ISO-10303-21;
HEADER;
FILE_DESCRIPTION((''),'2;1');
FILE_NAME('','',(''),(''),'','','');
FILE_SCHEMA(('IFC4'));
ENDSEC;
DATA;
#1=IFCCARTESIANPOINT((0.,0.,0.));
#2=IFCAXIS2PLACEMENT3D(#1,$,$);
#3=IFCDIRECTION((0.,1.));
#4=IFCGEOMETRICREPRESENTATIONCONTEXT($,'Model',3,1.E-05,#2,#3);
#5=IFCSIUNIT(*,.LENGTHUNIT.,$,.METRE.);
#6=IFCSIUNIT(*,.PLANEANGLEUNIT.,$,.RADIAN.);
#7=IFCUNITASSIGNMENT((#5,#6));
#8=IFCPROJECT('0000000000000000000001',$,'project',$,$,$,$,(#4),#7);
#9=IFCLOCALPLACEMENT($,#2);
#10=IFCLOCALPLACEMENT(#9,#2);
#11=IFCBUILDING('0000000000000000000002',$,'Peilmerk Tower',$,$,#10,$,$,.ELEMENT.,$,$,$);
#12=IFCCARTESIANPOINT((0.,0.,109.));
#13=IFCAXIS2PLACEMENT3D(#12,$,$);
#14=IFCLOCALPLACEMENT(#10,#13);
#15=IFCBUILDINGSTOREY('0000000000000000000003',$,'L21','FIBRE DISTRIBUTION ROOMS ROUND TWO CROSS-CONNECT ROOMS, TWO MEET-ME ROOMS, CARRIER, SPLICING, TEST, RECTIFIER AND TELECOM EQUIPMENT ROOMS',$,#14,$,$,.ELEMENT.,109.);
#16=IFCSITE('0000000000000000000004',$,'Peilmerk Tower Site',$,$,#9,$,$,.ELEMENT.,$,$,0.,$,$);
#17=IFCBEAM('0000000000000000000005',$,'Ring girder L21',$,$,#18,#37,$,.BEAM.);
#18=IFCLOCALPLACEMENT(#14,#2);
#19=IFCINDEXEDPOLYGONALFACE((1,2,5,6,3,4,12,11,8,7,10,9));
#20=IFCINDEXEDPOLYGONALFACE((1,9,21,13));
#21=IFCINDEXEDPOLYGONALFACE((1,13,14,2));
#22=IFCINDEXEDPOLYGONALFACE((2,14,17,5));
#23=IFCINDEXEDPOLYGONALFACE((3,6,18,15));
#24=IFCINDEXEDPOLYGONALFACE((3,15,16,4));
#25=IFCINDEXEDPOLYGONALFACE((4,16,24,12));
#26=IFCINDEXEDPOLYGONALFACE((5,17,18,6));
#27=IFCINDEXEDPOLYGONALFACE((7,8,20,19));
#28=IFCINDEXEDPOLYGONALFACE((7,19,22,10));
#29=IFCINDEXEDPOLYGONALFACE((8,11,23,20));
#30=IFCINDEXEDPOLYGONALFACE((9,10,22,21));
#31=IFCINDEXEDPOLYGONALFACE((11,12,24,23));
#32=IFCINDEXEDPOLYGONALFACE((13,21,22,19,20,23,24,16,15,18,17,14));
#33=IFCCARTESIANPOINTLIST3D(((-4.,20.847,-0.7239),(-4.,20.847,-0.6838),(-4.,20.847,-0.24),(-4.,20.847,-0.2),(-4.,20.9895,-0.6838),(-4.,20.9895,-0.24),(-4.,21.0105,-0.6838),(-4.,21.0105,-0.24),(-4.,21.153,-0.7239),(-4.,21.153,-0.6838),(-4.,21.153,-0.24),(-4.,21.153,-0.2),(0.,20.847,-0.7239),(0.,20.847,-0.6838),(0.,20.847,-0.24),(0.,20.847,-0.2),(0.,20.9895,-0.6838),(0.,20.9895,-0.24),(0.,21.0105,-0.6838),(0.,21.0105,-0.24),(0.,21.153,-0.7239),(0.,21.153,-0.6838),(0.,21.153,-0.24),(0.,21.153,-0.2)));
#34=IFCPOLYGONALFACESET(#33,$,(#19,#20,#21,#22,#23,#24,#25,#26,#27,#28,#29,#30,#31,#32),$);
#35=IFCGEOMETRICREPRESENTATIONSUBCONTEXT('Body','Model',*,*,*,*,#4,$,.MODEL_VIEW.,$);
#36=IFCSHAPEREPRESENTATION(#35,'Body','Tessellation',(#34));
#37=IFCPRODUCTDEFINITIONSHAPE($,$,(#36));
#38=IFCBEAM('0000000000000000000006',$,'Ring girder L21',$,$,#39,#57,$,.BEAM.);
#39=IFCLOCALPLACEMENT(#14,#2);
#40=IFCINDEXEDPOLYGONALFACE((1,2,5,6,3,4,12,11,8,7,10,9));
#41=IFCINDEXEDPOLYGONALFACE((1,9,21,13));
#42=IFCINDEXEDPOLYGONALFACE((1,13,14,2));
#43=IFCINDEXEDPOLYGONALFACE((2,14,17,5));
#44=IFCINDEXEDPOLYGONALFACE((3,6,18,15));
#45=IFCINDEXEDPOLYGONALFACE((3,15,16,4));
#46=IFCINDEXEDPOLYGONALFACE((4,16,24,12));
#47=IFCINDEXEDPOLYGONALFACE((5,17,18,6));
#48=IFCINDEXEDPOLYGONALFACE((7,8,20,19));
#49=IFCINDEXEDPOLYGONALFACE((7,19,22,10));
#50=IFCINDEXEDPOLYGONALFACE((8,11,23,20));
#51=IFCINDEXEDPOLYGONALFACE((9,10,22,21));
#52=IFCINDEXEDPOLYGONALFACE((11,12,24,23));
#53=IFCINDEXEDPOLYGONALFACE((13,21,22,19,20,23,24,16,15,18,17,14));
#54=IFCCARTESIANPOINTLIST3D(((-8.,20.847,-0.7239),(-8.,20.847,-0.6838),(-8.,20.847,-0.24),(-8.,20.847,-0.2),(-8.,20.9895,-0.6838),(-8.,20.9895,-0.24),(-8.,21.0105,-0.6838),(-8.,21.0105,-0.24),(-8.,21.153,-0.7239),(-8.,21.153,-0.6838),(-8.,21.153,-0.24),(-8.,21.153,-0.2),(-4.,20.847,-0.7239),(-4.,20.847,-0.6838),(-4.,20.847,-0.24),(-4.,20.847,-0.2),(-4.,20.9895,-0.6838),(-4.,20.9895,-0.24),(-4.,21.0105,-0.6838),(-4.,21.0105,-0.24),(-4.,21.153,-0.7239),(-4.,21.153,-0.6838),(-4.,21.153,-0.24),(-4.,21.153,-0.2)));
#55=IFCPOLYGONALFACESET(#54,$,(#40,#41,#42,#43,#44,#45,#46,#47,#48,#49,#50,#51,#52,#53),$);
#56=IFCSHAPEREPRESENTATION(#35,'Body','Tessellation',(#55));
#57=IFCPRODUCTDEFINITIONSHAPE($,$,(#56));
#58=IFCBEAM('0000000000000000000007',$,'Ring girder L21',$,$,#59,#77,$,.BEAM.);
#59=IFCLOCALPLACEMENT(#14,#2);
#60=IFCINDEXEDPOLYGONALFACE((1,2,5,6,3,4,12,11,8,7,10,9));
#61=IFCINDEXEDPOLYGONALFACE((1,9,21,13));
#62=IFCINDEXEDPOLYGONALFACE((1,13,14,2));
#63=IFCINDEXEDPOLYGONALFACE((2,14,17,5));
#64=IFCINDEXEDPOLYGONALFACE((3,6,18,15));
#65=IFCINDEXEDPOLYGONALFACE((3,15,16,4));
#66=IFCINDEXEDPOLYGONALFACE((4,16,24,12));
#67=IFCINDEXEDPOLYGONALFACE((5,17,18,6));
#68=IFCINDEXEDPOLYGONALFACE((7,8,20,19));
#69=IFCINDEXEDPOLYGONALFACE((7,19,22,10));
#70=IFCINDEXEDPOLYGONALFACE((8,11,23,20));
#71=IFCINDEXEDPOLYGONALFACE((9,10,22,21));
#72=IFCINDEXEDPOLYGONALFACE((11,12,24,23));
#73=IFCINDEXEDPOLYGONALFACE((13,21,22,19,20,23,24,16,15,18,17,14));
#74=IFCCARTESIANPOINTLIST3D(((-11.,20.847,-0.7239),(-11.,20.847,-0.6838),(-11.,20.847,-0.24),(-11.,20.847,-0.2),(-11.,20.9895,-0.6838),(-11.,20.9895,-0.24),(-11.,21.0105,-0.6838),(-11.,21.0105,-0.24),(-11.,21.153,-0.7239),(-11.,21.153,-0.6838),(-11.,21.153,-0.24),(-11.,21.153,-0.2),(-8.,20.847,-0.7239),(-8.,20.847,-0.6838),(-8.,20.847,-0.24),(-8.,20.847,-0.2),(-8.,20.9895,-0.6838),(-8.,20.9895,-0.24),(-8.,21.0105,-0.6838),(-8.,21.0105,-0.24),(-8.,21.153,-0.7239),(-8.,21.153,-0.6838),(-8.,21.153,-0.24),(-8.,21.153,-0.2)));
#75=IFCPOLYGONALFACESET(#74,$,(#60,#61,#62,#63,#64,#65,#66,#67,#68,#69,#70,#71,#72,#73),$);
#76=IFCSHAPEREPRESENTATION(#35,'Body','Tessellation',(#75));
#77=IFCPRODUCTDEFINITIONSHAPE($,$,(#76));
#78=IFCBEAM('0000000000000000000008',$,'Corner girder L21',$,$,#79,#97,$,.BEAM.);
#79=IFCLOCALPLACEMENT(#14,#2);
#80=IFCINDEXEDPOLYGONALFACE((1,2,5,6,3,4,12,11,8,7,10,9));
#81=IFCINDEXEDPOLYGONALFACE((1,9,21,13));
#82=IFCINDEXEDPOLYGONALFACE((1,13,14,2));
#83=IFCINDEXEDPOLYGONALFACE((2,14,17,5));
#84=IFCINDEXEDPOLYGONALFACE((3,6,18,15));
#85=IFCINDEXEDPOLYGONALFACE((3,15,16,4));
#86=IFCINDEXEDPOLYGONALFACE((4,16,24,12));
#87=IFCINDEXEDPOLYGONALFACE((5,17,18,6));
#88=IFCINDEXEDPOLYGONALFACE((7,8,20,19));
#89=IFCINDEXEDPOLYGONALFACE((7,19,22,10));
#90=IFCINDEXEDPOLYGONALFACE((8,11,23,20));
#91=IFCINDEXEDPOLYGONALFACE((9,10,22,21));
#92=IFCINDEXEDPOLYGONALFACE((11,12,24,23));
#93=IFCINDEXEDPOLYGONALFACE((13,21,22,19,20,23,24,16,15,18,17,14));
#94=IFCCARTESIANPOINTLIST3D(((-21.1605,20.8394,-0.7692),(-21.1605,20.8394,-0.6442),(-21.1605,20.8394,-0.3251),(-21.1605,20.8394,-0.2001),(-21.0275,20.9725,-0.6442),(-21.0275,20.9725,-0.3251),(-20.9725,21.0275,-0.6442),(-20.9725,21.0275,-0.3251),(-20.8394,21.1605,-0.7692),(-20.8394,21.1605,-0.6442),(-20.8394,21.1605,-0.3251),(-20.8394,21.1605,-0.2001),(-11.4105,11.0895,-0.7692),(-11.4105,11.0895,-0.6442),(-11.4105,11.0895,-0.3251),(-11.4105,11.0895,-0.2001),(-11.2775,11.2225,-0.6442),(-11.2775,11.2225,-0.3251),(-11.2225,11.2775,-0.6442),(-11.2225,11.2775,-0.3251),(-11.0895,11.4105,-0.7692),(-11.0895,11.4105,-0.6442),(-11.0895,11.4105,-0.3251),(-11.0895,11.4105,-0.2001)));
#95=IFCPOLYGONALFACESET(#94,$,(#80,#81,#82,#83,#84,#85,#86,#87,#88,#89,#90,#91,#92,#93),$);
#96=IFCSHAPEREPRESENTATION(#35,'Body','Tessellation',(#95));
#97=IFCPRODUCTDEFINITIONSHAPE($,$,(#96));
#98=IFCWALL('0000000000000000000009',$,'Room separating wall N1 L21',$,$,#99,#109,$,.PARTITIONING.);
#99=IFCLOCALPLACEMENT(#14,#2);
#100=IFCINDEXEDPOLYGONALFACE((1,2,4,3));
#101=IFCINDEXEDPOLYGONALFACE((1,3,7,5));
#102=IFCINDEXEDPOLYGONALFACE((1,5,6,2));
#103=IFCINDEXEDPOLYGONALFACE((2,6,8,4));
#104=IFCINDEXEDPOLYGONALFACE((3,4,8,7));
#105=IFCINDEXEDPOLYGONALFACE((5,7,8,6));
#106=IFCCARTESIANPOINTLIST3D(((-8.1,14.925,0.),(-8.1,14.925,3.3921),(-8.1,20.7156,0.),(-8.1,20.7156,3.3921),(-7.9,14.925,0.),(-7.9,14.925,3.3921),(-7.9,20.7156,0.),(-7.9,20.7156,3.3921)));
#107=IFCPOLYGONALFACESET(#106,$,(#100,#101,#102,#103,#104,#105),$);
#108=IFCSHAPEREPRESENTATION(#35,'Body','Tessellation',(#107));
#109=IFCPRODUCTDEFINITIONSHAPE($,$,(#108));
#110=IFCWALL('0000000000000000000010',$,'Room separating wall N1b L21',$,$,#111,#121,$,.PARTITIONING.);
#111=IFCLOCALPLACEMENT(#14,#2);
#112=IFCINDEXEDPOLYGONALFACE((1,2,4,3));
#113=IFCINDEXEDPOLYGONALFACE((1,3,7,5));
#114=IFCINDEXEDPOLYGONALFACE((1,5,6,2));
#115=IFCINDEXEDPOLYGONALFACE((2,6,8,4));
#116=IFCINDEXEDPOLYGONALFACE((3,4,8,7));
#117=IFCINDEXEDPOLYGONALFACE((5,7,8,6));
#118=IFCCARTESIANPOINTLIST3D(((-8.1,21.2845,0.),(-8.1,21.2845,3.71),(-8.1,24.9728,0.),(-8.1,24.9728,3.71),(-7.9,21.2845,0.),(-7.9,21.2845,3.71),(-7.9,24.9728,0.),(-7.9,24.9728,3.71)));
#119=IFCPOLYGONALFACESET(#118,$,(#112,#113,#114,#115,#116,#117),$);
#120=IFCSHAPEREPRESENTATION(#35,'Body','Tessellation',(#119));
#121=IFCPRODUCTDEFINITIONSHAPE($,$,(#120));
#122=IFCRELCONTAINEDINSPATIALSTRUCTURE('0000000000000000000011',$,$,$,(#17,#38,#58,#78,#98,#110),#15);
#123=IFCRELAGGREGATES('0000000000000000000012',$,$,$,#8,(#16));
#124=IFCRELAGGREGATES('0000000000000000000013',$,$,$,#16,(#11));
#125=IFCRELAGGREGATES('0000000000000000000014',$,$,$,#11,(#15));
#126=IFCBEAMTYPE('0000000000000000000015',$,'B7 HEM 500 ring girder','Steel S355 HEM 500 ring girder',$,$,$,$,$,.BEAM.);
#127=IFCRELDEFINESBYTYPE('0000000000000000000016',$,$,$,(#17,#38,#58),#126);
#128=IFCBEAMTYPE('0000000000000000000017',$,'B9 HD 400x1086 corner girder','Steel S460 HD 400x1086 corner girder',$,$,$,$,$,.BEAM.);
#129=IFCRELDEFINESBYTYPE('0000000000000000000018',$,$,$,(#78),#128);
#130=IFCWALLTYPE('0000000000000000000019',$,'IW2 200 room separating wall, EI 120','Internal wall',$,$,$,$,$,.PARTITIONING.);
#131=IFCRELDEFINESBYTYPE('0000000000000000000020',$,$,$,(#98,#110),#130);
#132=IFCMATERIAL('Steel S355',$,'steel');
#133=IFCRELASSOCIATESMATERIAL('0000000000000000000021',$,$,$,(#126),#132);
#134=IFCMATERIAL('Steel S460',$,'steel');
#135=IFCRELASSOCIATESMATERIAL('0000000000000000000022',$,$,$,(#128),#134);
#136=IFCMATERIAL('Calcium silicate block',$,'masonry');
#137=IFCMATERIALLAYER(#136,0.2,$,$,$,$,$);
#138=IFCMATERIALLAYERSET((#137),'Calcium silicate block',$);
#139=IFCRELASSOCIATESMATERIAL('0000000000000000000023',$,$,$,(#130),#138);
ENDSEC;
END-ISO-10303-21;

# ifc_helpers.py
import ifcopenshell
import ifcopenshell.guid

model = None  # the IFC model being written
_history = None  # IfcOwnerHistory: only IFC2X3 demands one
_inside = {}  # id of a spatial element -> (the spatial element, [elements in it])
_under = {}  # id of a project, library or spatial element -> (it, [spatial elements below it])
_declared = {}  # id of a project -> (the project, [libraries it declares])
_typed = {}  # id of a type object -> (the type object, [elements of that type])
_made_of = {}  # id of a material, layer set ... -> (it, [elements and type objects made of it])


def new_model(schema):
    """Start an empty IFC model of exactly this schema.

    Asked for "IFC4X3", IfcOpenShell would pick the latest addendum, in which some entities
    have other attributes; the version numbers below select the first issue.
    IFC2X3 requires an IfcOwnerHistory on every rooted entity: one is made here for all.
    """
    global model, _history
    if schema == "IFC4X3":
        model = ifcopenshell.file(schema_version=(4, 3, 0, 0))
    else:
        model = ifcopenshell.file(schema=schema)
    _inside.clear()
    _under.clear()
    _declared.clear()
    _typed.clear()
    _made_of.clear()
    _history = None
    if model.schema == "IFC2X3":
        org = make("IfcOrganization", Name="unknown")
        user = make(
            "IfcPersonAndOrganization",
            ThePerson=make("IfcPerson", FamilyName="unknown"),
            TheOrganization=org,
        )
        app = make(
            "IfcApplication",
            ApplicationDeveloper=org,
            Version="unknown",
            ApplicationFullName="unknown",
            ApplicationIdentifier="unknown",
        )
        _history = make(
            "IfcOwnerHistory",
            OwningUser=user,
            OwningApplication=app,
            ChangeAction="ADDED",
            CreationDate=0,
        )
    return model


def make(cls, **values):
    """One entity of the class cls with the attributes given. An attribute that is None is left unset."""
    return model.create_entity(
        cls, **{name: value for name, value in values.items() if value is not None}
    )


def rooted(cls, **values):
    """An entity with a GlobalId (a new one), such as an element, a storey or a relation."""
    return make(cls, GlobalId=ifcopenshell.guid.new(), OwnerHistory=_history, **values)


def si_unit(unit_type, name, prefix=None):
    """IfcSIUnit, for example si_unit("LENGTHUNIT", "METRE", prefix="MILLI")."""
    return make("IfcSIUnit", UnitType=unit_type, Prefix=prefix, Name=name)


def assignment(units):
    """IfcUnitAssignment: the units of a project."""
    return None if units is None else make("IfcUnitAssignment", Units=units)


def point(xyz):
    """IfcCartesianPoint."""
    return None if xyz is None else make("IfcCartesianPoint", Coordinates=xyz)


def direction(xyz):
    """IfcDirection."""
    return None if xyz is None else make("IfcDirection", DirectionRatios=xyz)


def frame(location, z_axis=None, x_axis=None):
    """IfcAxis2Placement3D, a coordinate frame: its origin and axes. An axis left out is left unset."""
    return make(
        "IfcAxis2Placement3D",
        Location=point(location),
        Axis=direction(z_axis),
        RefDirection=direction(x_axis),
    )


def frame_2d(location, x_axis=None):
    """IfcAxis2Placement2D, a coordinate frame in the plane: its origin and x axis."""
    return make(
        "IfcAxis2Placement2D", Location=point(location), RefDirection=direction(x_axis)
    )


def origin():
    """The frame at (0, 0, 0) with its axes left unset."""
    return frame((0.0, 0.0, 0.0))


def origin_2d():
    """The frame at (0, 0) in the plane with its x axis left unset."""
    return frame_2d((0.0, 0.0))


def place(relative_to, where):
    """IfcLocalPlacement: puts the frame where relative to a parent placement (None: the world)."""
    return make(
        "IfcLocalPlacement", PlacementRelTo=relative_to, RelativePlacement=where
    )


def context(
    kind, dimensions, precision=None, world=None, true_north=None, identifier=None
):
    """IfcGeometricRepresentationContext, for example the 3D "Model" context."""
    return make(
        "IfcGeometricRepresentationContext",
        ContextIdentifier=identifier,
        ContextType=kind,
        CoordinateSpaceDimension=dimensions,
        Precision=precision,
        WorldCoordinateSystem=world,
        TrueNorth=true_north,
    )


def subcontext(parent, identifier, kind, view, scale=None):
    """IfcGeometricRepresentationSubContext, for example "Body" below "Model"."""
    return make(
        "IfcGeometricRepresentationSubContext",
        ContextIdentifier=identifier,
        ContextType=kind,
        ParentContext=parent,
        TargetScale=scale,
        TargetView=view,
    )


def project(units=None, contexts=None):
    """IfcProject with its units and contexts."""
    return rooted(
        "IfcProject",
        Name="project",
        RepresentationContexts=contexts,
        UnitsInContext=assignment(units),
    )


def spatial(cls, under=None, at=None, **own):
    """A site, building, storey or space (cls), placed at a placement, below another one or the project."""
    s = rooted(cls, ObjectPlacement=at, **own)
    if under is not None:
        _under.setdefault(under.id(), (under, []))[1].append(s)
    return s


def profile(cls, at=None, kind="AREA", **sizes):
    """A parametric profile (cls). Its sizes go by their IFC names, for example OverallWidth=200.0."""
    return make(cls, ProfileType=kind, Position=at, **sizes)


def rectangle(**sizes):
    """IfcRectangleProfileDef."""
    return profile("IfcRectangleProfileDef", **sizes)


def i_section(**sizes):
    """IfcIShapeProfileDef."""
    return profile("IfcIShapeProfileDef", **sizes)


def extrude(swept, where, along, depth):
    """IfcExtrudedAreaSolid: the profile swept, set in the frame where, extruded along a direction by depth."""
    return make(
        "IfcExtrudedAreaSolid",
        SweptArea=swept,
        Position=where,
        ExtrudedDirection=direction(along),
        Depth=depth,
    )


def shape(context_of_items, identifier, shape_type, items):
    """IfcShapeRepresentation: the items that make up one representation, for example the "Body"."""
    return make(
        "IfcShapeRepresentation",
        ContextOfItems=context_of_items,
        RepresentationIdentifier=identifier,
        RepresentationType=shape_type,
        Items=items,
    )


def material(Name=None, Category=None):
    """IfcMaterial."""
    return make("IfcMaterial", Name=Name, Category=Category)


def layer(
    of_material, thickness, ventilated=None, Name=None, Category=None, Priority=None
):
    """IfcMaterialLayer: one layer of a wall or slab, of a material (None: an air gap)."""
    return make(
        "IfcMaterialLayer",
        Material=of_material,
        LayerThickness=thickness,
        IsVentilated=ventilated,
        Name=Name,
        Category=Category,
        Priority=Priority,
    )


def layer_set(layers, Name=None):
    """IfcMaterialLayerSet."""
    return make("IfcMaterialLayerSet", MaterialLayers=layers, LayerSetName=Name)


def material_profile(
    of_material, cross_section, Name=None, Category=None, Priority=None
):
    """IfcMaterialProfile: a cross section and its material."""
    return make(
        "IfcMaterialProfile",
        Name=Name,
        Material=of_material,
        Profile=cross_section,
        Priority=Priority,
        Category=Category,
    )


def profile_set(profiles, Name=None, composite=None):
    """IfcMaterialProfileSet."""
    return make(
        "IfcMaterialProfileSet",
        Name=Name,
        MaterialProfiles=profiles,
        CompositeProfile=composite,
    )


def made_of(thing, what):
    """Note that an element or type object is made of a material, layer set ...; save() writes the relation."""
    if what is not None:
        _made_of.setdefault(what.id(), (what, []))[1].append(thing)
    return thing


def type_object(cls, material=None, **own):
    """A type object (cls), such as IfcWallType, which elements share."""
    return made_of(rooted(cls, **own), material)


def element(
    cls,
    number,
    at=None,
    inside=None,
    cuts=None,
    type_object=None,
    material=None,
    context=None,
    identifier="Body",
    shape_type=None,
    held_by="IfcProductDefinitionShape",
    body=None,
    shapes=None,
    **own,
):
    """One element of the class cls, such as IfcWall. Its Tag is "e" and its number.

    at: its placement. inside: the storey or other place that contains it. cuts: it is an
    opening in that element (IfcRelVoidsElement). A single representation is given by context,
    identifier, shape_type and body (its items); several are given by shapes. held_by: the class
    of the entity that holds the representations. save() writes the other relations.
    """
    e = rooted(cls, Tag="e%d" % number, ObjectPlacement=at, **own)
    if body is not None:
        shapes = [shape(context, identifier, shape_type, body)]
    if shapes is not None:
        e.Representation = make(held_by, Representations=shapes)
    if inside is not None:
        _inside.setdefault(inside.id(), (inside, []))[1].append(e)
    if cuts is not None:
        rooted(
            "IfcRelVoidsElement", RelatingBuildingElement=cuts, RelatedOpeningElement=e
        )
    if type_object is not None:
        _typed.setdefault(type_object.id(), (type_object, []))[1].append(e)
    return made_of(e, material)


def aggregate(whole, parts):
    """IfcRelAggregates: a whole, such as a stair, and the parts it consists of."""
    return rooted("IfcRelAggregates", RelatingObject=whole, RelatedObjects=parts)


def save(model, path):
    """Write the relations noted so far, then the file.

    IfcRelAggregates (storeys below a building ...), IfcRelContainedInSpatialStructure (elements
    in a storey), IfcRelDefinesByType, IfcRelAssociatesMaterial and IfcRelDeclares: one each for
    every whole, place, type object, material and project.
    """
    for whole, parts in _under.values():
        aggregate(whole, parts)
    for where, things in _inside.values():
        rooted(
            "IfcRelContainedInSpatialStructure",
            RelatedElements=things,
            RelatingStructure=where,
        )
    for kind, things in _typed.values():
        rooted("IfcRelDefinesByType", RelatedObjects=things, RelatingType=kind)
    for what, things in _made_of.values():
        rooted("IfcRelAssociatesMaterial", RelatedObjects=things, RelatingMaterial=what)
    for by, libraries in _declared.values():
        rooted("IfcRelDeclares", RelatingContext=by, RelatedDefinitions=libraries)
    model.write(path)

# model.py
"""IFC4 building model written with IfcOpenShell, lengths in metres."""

from ifc_helpers import new_model, si_unit, direction, frame, frame_2d, origin, origin_2d, place, context, subcontext, project, spatial, rectangle, i_section, extrude, material, layer, layer_set, material_profile, profile_set, type_object, element, save


model = new_model("IFC4")

# Units and contexts
model_context = context("Model", 3, precision=1e-05, world=origin(), true_north=direction((0.0, 1.0)))
body_context = subcontext(model_context, "Body", "Model", "MODEL_VIEW")
ifc_project = project(units=[si_unit("LENGTHUNIT", "METRE"), si_unit("PLANEANGLEUNIT", "RADIAN")], contexts=[model_context])

# Site, building, storey
site_placement = place(None, origin())
site = spatial("IfcSite", under=ifc_project, at=site_placement, Name="Peilmerk Tower Site", CompositionType="ELEMENT", RefElevation=0.0)
building_placement = place(site_placement, origin())
building = spatial("IfcBuilding", under=site, at=building_placement, Name="Peilmerk Tower", CompositionType="ELEMENT")
storey_placement = place(building_placement, frame((0.0, 0.0, 109.0)))
storey = spatial("IfcBuildingStorey", under=building, at=storey_placement, Name="L21", Description="FIBRE DISTRIBUTION ROOMS ROUND TWO CROSS-CONNECT ROOMS, TWO MEET-ME ROOMS, CARRIER, SPLICING, TEST, RECTIFIER AND TELECOM EQUIPMENT ROOMS", CompositionType="ELEMENT", Elevation=109.0)

# Shared definitions
ifc_material_1 = material(Name="Steel S460", Category="steel")

# Beams
ifc_material_2 = material(Name="Steel S355", Category="steel")
ifc_material_profile_1 = material_profile(ifc_material_2, i_section(OverallWidth=0.3059, OverallDepth=0.5239, WebThickness=0.021, FlangeThickness=0.04, at=origin_2d()), Name="HEM 500")
ifc_profile_set_1 = profile_set([ifc_material_profile_1], Name="Steel S355")
beam_type_1 = type_object("IfcBeamType", Name="B7 HEM 500 ring girder", Description="Steel S355 HEM 500 ring girder", PredefinedType="BEAM", material=ifc_profile_set_1)
for number, where, z_axis, x_axis, name in (
    (1, (0.0, 21.0, -0.4619), (-1.0, 0.0, 0.0), (0.0, -1.0, 0.0), "Ring girder L21"),
    (2, (-4.0, 21.0, -0.4619), (-1.0, 0.0, 0.0), (0.0, -1.0, 0.0), "Ring girder L21"),
):
    element("IfcBeam", number, at=place(storey_placement, frame(where, z_axis=z_axis, x_axis=x_axis)), inside=storey, type_object=beam_type_1, Name=name, PredefinedType="BEAM", context=body_context, shape_type="SweptSolid", body=[
        extrude(i_section(OverallWidth=0.3059, OverallDepth=0.5239, WebThickness=0.021, FlangeThickness=0.04, at=origin_2d()), origin(), (0.0, 0.0, 1.0), 4.0),
    ])
beam_1_placement = place(storey_placement, frame((-8.0, 21.0, -0.4619), z_axis=(-1.0, 0.0, 0.0), x_axis=(0.0, -1.0, 0.0)))
element("IfcBeam", 3, at=beam_1_placement, inside=storey, type_object=beam_type_1, Name="Ring girder L21", PredefinedType="BEAM", context=body_context, shape_type="SweptSolid", body=[
    extrude(i_section(OverallWidth=0.3059, OverallDepth=0.5239, WebThickness=0.021, FlangeThickness=0.04, at=origin_2d()), origin(), (0.0, 0.0, 1.0), 3.0),
])
ifc_material_profile_2 = material_profile(ifc_material_1, i_section(OverallWidth=0.4541, OverallDepth=0.5691, WebThickness=0.0779, FlangeThickness=0.125, at=origin_2d()), Name="HD 400x1086")
ifc_profile_set_2 = profile_set([ifc_material_profile_2], Name="Steel S460")
beam_type_2 = type_object("IfcBeamType", Name="B9 HD 400x1086 corner girder", Description="Steel S460 HD 400x1086 corner girder", PredefinedType="BEAM", material=ifc_profile_set_2)
beam_2_placement = place(storey_placement, frame((-11.25, 11.25, -0.4846), z_axis=(-0.707107, 0.707107, 0.0), x_axis=(-0.707107, -0.707107, 0.0)))
element("IfcBeam", 4, at=beam_2_placement, inside=storey, type_object=beam_type_2, Name="Corner girder L21", PredefinedType="BEAM", context=body_context, shape_type="SweptSolid", body=[
    extrude(i_section(OverallWidth=0.4541, OverallDepth=0.5691, WebThickness=0.0779, FlangeThickness=0.125, at=origin_2d()), origin(), (0.0, 0.0, 1.0), 13.7886),
])

# Walls
ifc_material_3 = material(Name="Calcium silicate block", Category="masonry")
ifc_layer = layer(ifc_material_3, 0.2)
ifc_layer_set = layer_set([ifc_layer], Name="Calcium silicate block")
wall_type = type_object("IfcWallType", Name="IW2 200 room separating wall, EI 120", Description="Internal wall", PredefinedType="PARTITIONING", material=ifc_layer_set)
wall_1_placement = place(storey_placement, frame((-8.0, 14.925, 0.0), z_axis=(0.0, 0.0, 1.0), x_axis=(0.0, 1.0, 0.0)))
element("IfcWall", 5, at=wall_1_placement, inside=storey, type_object=wall_type, Name="Room separating wall N1 L21", PredefinedType="PARTITIONING", context=body_context, shape_type="SweptSolid", body=[
    extrude(rectangle(XDim=5.7905, YDim=0.2, at=frame_2d((2.8953, 0.0))), origin(), (0.0, 0.0, 1.0), 3.3921),
])
wall_2_placement = place(storey_placement, frame((-8.0, 21.2844, 0.0), z_axis=(0.0, 0.0, 1.0), x_axis=(0.0, 1.0, 0.0)))
element("IfcWall", 6, at=wall_2_placement, inside=storey, type_object=wall_type, Name="Room separating wall N1b L21", PredefinedType="PARTITIONING", context=body_context, shape_type="SweptSolid", body=[
    extrude(rectangle(XDim=3.6882, YDim=0.2, at=frame_2d((1.8442, 0.0))), origin(), (0.0, 0.0, 1.0), 3.71),
])

save(model, "model.ifc")
